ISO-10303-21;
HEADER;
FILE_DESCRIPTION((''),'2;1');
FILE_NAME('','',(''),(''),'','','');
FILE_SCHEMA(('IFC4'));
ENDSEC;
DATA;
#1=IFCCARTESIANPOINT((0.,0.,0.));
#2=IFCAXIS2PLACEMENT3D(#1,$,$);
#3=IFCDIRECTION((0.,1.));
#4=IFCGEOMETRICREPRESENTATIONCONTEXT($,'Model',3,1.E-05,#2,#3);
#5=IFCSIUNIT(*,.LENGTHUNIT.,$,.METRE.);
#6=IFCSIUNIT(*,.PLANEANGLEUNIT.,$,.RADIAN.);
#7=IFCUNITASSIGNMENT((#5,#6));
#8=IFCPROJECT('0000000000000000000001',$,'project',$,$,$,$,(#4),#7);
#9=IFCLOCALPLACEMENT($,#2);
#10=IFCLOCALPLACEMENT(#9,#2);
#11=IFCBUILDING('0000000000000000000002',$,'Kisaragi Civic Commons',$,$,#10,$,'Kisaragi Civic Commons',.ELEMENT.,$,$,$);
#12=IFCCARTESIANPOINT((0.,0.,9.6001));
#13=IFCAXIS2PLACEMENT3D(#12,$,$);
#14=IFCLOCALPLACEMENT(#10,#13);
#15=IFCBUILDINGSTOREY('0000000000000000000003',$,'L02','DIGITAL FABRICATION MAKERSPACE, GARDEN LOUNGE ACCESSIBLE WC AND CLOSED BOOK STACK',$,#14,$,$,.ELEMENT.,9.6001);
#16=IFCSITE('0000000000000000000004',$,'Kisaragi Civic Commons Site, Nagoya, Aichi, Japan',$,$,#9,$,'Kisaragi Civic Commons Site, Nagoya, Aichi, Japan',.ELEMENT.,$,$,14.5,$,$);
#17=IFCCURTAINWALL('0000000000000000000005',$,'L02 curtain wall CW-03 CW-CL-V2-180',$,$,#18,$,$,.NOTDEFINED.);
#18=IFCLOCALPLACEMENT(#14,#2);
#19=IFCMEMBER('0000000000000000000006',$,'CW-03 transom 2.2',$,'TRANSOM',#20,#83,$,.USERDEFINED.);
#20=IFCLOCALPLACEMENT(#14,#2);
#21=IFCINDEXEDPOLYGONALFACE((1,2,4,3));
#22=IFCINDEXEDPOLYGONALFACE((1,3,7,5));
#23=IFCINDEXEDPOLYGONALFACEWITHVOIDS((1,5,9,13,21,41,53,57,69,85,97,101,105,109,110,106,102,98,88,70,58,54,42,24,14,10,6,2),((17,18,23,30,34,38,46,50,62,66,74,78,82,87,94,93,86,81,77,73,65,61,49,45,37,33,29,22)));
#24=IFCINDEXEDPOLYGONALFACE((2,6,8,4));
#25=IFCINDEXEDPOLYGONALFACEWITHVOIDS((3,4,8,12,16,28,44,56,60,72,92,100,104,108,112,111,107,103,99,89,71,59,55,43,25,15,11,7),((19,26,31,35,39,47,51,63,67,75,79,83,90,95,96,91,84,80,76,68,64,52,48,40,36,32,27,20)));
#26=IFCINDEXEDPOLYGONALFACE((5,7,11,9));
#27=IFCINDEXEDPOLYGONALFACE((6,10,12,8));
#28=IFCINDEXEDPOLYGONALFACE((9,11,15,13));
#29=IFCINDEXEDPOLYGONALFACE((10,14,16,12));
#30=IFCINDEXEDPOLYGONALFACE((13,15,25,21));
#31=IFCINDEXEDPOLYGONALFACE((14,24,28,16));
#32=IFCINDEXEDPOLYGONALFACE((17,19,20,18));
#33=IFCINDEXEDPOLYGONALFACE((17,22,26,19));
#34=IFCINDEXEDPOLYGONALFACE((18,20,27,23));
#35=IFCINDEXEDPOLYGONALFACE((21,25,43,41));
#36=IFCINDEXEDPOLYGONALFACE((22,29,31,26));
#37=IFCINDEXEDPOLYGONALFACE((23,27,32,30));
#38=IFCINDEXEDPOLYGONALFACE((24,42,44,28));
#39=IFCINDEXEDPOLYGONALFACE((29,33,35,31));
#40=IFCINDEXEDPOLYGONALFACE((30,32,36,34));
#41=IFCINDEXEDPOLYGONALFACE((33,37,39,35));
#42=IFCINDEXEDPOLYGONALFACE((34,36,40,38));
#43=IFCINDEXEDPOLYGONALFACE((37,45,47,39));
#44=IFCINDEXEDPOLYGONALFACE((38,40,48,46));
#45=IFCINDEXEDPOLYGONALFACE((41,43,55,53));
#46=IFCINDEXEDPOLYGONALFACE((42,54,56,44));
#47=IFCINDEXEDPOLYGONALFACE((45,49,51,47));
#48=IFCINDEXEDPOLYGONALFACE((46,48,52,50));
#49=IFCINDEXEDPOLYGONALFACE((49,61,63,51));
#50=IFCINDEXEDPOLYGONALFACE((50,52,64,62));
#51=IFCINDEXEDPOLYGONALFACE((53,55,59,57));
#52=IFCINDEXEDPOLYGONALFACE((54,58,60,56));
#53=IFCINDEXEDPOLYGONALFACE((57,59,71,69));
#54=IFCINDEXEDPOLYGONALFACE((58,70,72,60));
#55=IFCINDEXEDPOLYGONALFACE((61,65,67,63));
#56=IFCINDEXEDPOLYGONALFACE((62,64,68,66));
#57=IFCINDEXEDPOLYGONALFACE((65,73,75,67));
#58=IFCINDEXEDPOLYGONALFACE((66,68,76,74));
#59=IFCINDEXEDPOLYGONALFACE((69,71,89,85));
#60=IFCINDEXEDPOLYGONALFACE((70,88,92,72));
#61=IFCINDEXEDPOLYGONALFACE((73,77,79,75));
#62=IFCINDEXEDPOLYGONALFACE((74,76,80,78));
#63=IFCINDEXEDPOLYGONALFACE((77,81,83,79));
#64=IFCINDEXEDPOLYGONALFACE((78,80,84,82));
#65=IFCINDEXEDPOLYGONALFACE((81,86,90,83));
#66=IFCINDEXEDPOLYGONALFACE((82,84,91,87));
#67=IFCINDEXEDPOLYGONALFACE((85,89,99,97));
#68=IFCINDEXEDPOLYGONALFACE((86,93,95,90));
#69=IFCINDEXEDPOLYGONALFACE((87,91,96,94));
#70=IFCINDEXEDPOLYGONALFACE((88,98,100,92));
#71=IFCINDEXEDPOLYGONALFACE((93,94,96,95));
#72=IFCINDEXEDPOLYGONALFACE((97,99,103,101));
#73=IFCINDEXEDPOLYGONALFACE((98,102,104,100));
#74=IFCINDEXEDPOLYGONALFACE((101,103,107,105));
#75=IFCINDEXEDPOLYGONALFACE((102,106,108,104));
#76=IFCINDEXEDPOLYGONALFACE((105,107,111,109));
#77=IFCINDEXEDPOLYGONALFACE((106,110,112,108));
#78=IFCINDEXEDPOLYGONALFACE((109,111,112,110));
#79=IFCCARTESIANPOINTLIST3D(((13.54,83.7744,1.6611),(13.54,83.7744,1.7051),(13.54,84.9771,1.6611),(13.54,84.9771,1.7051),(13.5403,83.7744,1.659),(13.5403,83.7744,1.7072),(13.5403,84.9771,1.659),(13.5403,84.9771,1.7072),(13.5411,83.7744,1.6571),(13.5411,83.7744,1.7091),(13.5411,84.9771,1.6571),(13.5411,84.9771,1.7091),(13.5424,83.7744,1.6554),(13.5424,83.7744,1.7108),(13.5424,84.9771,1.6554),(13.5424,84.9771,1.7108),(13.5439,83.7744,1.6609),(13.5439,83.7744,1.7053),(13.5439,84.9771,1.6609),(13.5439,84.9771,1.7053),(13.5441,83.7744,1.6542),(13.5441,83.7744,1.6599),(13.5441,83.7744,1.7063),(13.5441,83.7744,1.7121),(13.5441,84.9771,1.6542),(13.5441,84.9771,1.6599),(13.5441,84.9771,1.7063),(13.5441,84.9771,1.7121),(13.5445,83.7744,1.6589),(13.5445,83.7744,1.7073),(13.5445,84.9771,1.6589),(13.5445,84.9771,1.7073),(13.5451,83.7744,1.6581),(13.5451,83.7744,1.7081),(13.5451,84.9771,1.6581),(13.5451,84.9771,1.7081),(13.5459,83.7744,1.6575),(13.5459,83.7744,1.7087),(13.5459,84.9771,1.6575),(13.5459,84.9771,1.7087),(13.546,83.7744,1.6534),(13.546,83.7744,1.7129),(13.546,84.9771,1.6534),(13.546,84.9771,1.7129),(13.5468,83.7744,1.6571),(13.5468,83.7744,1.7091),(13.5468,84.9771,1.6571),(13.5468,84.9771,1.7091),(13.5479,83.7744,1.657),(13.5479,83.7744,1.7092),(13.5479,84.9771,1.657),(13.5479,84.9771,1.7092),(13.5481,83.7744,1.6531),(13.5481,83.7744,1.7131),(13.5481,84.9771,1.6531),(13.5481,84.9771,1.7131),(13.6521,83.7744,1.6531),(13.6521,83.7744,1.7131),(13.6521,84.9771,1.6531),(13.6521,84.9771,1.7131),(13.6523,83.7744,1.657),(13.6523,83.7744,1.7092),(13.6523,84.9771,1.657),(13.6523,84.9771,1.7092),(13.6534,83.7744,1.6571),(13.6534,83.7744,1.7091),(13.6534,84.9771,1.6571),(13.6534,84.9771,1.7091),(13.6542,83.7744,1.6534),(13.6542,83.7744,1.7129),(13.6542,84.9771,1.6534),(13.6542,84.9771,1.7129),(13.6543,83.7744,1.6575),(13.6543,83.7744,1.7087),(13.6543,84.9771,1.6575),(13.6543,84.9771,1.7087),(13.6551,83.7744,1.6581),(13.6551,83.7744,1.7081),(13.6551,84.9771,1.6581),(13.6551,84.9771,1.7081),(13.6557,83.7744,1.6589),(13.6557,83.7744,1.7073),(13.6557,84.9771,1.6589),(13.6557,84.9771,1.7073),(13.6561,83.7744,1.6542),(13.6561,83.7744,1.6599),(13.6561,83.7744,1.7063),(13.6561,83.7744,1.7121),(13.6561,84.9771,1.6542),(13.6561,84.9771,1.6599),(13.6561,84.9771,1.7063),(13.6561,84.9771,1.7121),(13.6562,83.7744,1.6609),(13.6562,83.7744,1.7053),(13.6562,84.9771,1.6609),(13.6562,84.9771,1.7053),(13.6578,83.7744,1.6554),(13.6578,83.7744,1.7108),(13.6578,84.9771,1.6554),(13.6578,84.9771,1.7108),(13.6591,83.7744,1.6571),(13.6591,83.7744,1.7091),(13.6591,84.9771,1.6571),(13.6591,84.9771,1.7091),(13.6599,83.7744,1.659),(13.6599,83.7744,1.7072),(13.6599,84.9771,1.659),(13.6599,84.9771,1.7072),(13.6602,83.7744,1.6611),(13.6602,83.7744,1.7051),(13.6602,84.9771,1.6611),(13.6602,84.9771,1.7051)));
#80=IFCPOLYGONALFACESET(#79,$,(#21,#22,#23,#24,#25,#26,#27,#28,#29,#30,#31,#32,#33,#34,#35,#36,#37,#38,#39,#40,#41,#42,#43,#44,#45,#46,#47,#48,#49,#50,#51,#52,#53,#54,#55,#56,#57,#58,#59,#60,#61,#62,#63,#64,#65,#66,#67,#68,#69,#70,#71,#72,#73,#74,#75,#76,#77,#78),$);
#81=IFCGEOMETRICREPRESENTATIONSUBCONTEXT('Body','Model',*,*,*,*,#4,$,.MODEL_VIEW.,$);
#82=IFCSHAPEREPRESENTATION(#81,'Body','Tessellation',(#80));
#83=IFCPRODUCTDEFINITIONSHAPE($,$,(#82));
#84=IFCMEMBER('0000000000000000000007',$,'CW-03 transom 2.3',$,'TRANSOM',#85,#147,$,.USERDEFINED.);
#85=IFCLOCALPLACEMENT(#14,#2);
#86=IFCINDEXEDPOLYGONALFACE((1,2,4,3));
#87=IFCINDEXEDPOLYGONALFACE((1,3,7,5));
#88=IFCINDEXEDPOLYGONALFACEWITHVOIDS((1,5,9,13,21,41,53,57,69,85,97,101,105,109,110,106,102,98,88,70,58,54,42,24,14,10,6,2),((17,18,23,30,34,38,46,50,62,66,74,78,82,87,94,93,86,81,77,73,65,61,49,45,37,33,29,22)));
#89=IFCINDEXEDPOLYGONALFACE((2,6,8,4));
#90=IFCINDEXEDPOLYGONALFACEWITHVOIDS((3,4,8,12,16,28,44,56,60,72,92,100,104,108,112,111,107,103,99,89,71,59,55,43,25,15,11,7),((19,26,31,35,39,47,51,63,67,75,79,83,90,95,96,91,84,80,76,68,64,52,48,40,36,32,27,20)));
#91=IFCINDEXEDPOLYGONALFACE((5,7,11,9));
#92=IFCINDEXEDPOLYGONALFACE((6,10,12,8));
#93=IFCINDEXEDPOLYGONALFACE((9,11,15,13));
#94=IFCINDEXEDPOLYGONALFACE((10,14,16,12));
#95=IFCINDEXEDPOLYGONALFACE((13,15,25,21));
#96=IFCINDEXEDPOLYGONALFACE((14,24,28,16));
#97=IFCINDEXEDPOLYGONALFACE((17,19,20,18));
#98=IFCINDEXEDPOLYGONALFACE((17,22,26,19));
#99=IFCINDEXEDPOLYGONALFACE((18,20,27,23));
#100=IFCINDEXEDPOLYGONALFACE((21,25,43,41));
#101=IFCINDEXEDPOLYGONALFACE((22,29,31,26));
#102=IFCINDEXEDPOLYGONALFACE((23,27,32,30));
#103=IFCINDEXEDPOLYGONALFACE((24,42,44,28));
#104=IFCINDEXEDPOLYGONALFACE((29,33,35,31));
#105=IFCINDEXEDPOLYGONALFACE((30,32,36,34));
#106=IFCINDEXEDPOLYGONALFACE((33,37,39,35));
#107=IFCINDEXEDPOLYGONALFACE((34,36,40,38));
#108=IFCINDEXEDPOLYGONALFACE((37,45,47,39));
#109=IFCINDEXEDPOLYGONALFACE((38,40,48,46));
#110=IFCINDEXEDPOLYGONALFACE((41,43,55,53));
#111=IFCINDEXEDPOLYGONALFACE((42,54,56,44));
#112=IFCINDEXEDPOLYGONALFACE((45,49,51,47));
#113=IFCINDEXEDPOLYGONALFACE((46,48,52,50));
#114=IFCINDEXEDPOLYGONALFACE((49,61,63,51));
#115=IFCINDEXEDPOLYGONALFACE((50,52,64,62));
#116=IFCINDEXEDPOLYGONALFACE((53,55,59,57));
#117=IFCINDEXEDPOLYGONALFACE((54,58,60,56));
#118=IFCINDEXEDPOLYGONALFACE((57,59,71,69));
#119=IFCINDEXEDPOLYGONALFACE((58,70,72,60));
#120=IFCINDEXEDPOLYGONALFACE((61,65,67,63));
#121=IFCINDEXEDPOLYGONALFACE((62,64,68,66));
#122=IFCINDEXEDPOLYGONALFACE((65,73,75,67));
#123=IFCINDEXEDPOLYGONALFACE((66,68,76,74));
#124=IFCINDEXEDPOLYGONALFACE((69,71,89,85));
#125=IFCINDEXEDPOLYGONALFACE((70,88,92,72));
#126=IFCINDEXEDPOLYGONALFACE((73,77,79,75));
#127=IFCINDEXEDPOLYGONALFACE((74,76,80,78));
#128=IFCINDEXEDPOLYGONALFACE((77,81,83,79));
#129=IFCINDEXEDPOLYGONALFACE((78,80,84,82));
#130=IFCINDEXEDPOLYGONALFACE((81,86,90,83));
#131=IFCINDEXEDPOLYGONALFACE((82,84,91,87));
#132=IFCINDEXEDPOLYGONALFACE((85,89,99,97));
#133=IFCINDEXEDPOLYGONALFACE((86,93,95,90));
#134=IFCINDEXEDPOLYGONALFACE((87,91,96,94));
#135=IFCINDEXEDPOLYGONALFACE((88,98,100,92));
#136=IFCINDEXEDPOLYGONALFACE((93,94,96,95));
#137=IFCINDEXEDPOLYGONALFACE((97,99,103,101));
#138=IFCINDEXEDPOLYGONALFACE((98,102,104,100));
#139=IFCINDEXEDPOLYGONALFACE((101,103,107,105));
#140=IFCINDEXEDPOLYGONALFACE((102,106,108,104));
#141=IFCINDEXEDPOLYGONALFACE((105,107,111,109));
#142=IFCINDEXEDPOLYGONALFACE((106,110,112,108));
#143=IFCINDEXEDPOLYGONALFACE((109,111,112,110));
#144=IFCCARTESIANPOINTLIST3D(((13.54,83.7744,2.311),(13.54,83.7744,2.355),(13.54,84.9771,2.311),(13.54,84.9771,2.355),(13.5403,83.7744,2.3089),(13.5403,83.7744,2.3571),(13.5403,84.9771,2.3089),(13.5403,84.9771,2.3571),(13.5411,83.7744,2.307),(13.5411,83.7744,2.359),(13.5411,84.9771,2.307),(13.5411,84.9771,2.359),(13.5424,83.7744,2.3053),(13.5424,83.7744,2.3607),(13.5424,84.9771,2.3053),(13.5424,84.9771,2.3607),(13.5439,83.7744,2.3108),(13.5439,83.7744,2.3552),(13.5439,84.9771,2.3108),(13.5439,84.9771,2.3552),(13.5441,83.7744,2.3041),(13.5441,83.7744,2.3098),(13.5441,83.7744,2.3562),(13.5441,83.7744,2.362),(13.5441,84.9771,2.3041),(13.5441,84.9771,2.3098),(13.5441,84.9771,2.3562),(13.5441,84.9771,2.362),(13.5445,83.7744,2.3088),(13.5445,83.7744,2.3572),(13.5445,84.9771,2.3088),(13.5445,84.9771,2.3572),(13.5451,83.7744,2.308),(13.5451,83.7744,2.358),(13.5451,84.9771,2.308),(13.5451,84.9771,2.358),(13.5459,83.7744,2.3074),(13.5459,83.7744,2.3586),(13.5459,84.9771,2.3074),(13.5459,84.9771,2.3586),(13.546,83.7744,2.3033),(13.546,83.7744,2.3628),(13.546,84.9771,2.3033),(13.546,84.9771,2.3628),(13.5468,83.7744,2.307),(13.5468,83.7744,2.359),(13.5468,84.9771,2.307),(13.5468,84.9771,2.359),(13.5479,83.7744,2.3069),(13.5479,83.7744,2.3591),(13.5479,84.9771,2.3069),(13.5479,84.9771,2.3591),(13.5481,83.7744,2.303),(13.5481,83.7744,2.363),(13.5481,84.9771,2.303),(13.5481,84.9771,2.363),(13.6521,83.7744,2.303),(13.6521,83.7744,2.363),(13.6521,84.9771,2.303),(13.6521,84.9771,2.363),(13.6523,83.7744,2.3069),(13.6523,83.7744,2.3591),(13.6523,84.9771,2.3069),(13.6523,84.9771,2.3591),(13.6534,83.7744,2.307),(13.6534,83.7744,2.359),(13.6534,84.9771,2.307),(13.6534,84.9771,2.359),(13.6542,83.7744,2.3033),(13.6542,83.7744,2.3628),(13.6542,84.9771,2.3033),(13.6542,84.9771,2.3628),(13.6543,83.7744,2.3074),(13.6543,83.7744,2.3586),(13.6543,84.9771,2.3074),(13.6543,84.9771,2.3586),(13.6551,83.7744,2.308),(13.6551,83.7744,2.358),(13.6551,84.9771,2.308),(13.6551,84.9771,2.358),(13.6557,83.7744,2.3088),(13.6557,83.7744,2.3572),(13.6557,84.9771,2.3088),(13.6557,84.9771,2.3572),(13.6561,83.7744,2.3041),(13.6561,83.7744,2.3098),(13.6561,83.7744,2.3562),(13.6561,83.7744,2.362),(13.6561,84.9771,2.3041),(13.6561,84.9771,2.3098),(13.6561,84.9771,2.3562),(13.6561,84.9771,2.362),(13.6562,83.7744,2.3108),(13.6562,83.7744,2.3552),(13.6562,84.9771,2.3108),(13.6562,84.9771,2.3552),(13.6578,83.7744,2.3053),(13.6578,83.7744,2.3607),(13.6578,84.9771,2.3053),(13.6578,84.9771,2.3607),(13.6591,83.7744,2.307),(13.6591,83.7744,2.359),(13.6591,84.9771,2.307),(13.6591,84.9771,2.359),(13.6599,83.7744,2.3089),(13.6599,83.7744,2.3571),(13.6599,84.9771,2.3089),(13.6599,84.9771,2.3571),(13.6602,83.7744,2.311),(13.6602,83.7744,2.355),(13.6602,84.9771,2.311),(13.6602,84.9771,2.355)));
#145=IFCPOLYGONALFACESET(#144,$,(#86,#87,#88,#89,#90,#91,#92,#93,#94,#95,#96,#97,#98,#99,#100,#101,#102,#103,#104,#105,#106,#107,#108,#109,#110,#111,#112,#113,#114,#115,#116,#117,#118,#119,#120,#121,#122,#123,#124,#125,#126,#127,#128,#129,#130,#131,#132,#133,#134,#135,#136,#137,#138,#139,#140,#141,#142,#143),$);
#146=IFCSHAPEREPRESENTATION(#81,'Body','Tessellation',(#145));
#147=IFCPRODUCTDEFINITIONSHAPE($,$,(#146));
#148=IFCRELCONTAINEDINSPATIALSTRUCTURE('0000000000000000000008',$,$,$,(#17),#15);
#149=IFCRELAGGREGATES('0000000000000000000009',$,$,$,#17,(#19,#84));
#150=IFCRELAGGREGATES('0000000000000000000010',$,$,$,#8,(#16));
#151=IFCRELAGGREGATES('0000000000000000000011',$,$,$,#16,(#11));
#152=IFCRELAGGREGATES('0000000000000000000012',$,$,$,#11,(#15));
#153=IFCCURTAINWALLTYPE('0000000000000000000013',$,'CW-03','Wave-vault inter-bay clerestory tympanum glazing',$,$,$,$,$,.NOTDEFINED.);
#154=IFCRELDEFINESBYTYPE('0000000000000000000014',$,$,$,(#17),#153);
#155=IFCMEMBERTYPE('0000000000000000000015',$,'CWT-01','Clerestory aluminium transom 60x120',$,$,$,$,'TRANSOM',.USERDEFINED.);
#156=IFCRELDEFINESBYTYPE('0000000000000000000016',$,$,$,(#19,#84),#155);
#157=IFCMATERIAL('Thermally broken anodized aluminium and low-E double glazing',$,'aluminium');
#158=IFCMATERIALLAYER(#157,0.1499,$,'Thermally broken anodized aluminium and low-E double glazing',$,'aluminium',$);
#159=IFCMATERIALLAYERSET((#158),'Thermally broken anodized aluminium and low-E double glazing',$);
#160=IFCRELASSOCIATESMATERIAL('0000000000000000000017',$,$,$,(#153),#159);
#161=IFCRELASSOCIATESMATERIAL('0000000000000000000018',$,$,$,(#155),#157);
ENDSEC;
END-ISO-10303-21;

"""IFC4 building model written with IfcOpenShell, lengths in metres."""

from ifc_helpers import new_model, si_unit, direction, frame, origin, origin_2d, place, context, subcontext, project, spatial, hollow_rectangle, extrude, material, layer, layer_set, material_profile, profile_set, type_object, element, aggregate, save


model = new_model("IFC4")

# Units and contexts
model_context = context("Model", 3, precision=1e-05, world=origin(), true_north=direction((0.0, 1.0)))
body_context = subcontext(model_context, "Body", "Model", "MODEL_VIEW")
ifc_project = project(units=[si_unit("LENGTHUNIT", "METRE"), si_unit("PLANEANGLEUNIT", "RADIAN")], contexts=[model_context])

# Site, building, storey
site_placement = place(None, origin())
site = spatial("IfcSite", under=ifc_project, at=site_placement, Name="Kisaragi Civic Commons Site, Nagoya, Aichi, Japan", LongName="Kisaragi Civic Commons Site, Nagoya, Aichi, Japan", CompositionType="ELEMENT", RefElevation=14.5)
building_placement = place(site_placement, origin())
building = spatial("IfcBuilding", under=site, at=building_placement, Name="Kisaragi Civic Commons", LongName="Kisaragi Civic Commons", CompositionType="ELEMENT")
storey_placement = place(building_placement, frame((0.0, 0.0, 9.6001)))
storey = spatial("IfcBuildingStorey", under=building, at=storey_placement, Name="L02", Description="DIGITAL FABRICATION MAKERSPACE, GARDEN LOUNGE ACCESSIBLE WC AND CLOSED BOOK STACK", CompositionType="ELEMENT", Elevation=9.6001)

# Shared definitions
ifc_material_1 = material(Name="Thermally broken anodized aluminium and low-E double glazing", Category="aluminium")
ifc_layer_1 = layer(ifc_material_1, 0.1499, Name="Thermally broken anodized aluminium and low-E double glazing", Category="aluminium")
ifc_layer_set_1 = layer_set([ifc_layer_1], Name="Thermally broken anodized aluminium and low-E double glazing")
curtain_wall_type = type_object("IfcCurtainWallType", Name="CW-03", Description="Wave-vault inter-bay clerestory tympanum glazing", PredefinedType="NOTDEFINED", material=ifc_layer_set_1)

# Curtain wall
curtain_wall_1_placement = place(storey_placement, origin())
curtain_wall_1 = element("IfcCurtainWall", 1, at=curtain_wall_1_placement, inside=storey, type_object=curtain_wall_type, Name="L02 curtain wall CW-03 CW-CL-V2-180", PredefinedType="NOTDEFINED")

# Members
ifc_material_profile_1 = material_profile(ifc_material_1, hollow_rectangle(XDim=0.1201, YDim=0.0601, WallThickness=0.0039, InnerFilletRadius=0.0039, OuterFilletRadius=0.0081, at=origin_2d()), Name="CWT-60x120x4", Category="aluminium")
ifc_profile_set_1 = profile_set([ifc_material_profile_1], Name="Thermally broken anodized aluminium and low-E double glazing")
member_type_1 = type_object("IfcMemberType", Name="CWT-01", Description="Clerestory aluminium transom 60x120", ElementType="TRANSOM", PredefinedType="USERDEFINED", material=ifc_profile_set_1)
member_1_placement = place(storey_placement, frame((13.6001, 83.7744, 1.6831), z_axis=(0.0, 1.0, 0.0), x_axis=(-1.0, 0.0, 0.0)))
member_1 = element("IfcMember", 2, at=member_1_placement, type_object=member_type_1, Name="CW-03 transom 2.2", ObjectType="TRANSOM", PredefinedType="USERDEFINED", context=body_context, shape_type="SweptSolid", body=[
    extrude(hollow_rectangle(XDim=0.1201, YDim=0.0601, WallThickness=0.0039, InnerFilletRadius=0.0039, OuterFilletRadius=0.0081, at=origin_2d()), origin(), (0.0, 0.0, 1.0), 1.2026),
])
member_2_placement = place(storey_placement, frame((13.6001, 83.7744, 2.333), z_axis=(0.0, 1.0, 0.0), x_axis=(-1.0, 0.0, 0.0)))
member_2 = element("IfcMember", 3, at=member_2_placement, type_object=member_type_1, Name="CW-03 transom 2.3", ObjectType="TRANSOM", PredefinedType="USERDEFINED", context=body_context, shape_type="SweptSolid", body=[
    extrude(hollow_rectangle(XDim=0.1201, YDim=0.0601, WallThickness=0.0039, InnerFilletRadius=0.0039, OuterFilletRadius=0.0081, at=origin_2d()), origin(), (0.0, 0.0, 1.0), 1.2026),
])

aggregate(curtain_wall_1, [member_1, member_2])

save(model, "model.ifc")
